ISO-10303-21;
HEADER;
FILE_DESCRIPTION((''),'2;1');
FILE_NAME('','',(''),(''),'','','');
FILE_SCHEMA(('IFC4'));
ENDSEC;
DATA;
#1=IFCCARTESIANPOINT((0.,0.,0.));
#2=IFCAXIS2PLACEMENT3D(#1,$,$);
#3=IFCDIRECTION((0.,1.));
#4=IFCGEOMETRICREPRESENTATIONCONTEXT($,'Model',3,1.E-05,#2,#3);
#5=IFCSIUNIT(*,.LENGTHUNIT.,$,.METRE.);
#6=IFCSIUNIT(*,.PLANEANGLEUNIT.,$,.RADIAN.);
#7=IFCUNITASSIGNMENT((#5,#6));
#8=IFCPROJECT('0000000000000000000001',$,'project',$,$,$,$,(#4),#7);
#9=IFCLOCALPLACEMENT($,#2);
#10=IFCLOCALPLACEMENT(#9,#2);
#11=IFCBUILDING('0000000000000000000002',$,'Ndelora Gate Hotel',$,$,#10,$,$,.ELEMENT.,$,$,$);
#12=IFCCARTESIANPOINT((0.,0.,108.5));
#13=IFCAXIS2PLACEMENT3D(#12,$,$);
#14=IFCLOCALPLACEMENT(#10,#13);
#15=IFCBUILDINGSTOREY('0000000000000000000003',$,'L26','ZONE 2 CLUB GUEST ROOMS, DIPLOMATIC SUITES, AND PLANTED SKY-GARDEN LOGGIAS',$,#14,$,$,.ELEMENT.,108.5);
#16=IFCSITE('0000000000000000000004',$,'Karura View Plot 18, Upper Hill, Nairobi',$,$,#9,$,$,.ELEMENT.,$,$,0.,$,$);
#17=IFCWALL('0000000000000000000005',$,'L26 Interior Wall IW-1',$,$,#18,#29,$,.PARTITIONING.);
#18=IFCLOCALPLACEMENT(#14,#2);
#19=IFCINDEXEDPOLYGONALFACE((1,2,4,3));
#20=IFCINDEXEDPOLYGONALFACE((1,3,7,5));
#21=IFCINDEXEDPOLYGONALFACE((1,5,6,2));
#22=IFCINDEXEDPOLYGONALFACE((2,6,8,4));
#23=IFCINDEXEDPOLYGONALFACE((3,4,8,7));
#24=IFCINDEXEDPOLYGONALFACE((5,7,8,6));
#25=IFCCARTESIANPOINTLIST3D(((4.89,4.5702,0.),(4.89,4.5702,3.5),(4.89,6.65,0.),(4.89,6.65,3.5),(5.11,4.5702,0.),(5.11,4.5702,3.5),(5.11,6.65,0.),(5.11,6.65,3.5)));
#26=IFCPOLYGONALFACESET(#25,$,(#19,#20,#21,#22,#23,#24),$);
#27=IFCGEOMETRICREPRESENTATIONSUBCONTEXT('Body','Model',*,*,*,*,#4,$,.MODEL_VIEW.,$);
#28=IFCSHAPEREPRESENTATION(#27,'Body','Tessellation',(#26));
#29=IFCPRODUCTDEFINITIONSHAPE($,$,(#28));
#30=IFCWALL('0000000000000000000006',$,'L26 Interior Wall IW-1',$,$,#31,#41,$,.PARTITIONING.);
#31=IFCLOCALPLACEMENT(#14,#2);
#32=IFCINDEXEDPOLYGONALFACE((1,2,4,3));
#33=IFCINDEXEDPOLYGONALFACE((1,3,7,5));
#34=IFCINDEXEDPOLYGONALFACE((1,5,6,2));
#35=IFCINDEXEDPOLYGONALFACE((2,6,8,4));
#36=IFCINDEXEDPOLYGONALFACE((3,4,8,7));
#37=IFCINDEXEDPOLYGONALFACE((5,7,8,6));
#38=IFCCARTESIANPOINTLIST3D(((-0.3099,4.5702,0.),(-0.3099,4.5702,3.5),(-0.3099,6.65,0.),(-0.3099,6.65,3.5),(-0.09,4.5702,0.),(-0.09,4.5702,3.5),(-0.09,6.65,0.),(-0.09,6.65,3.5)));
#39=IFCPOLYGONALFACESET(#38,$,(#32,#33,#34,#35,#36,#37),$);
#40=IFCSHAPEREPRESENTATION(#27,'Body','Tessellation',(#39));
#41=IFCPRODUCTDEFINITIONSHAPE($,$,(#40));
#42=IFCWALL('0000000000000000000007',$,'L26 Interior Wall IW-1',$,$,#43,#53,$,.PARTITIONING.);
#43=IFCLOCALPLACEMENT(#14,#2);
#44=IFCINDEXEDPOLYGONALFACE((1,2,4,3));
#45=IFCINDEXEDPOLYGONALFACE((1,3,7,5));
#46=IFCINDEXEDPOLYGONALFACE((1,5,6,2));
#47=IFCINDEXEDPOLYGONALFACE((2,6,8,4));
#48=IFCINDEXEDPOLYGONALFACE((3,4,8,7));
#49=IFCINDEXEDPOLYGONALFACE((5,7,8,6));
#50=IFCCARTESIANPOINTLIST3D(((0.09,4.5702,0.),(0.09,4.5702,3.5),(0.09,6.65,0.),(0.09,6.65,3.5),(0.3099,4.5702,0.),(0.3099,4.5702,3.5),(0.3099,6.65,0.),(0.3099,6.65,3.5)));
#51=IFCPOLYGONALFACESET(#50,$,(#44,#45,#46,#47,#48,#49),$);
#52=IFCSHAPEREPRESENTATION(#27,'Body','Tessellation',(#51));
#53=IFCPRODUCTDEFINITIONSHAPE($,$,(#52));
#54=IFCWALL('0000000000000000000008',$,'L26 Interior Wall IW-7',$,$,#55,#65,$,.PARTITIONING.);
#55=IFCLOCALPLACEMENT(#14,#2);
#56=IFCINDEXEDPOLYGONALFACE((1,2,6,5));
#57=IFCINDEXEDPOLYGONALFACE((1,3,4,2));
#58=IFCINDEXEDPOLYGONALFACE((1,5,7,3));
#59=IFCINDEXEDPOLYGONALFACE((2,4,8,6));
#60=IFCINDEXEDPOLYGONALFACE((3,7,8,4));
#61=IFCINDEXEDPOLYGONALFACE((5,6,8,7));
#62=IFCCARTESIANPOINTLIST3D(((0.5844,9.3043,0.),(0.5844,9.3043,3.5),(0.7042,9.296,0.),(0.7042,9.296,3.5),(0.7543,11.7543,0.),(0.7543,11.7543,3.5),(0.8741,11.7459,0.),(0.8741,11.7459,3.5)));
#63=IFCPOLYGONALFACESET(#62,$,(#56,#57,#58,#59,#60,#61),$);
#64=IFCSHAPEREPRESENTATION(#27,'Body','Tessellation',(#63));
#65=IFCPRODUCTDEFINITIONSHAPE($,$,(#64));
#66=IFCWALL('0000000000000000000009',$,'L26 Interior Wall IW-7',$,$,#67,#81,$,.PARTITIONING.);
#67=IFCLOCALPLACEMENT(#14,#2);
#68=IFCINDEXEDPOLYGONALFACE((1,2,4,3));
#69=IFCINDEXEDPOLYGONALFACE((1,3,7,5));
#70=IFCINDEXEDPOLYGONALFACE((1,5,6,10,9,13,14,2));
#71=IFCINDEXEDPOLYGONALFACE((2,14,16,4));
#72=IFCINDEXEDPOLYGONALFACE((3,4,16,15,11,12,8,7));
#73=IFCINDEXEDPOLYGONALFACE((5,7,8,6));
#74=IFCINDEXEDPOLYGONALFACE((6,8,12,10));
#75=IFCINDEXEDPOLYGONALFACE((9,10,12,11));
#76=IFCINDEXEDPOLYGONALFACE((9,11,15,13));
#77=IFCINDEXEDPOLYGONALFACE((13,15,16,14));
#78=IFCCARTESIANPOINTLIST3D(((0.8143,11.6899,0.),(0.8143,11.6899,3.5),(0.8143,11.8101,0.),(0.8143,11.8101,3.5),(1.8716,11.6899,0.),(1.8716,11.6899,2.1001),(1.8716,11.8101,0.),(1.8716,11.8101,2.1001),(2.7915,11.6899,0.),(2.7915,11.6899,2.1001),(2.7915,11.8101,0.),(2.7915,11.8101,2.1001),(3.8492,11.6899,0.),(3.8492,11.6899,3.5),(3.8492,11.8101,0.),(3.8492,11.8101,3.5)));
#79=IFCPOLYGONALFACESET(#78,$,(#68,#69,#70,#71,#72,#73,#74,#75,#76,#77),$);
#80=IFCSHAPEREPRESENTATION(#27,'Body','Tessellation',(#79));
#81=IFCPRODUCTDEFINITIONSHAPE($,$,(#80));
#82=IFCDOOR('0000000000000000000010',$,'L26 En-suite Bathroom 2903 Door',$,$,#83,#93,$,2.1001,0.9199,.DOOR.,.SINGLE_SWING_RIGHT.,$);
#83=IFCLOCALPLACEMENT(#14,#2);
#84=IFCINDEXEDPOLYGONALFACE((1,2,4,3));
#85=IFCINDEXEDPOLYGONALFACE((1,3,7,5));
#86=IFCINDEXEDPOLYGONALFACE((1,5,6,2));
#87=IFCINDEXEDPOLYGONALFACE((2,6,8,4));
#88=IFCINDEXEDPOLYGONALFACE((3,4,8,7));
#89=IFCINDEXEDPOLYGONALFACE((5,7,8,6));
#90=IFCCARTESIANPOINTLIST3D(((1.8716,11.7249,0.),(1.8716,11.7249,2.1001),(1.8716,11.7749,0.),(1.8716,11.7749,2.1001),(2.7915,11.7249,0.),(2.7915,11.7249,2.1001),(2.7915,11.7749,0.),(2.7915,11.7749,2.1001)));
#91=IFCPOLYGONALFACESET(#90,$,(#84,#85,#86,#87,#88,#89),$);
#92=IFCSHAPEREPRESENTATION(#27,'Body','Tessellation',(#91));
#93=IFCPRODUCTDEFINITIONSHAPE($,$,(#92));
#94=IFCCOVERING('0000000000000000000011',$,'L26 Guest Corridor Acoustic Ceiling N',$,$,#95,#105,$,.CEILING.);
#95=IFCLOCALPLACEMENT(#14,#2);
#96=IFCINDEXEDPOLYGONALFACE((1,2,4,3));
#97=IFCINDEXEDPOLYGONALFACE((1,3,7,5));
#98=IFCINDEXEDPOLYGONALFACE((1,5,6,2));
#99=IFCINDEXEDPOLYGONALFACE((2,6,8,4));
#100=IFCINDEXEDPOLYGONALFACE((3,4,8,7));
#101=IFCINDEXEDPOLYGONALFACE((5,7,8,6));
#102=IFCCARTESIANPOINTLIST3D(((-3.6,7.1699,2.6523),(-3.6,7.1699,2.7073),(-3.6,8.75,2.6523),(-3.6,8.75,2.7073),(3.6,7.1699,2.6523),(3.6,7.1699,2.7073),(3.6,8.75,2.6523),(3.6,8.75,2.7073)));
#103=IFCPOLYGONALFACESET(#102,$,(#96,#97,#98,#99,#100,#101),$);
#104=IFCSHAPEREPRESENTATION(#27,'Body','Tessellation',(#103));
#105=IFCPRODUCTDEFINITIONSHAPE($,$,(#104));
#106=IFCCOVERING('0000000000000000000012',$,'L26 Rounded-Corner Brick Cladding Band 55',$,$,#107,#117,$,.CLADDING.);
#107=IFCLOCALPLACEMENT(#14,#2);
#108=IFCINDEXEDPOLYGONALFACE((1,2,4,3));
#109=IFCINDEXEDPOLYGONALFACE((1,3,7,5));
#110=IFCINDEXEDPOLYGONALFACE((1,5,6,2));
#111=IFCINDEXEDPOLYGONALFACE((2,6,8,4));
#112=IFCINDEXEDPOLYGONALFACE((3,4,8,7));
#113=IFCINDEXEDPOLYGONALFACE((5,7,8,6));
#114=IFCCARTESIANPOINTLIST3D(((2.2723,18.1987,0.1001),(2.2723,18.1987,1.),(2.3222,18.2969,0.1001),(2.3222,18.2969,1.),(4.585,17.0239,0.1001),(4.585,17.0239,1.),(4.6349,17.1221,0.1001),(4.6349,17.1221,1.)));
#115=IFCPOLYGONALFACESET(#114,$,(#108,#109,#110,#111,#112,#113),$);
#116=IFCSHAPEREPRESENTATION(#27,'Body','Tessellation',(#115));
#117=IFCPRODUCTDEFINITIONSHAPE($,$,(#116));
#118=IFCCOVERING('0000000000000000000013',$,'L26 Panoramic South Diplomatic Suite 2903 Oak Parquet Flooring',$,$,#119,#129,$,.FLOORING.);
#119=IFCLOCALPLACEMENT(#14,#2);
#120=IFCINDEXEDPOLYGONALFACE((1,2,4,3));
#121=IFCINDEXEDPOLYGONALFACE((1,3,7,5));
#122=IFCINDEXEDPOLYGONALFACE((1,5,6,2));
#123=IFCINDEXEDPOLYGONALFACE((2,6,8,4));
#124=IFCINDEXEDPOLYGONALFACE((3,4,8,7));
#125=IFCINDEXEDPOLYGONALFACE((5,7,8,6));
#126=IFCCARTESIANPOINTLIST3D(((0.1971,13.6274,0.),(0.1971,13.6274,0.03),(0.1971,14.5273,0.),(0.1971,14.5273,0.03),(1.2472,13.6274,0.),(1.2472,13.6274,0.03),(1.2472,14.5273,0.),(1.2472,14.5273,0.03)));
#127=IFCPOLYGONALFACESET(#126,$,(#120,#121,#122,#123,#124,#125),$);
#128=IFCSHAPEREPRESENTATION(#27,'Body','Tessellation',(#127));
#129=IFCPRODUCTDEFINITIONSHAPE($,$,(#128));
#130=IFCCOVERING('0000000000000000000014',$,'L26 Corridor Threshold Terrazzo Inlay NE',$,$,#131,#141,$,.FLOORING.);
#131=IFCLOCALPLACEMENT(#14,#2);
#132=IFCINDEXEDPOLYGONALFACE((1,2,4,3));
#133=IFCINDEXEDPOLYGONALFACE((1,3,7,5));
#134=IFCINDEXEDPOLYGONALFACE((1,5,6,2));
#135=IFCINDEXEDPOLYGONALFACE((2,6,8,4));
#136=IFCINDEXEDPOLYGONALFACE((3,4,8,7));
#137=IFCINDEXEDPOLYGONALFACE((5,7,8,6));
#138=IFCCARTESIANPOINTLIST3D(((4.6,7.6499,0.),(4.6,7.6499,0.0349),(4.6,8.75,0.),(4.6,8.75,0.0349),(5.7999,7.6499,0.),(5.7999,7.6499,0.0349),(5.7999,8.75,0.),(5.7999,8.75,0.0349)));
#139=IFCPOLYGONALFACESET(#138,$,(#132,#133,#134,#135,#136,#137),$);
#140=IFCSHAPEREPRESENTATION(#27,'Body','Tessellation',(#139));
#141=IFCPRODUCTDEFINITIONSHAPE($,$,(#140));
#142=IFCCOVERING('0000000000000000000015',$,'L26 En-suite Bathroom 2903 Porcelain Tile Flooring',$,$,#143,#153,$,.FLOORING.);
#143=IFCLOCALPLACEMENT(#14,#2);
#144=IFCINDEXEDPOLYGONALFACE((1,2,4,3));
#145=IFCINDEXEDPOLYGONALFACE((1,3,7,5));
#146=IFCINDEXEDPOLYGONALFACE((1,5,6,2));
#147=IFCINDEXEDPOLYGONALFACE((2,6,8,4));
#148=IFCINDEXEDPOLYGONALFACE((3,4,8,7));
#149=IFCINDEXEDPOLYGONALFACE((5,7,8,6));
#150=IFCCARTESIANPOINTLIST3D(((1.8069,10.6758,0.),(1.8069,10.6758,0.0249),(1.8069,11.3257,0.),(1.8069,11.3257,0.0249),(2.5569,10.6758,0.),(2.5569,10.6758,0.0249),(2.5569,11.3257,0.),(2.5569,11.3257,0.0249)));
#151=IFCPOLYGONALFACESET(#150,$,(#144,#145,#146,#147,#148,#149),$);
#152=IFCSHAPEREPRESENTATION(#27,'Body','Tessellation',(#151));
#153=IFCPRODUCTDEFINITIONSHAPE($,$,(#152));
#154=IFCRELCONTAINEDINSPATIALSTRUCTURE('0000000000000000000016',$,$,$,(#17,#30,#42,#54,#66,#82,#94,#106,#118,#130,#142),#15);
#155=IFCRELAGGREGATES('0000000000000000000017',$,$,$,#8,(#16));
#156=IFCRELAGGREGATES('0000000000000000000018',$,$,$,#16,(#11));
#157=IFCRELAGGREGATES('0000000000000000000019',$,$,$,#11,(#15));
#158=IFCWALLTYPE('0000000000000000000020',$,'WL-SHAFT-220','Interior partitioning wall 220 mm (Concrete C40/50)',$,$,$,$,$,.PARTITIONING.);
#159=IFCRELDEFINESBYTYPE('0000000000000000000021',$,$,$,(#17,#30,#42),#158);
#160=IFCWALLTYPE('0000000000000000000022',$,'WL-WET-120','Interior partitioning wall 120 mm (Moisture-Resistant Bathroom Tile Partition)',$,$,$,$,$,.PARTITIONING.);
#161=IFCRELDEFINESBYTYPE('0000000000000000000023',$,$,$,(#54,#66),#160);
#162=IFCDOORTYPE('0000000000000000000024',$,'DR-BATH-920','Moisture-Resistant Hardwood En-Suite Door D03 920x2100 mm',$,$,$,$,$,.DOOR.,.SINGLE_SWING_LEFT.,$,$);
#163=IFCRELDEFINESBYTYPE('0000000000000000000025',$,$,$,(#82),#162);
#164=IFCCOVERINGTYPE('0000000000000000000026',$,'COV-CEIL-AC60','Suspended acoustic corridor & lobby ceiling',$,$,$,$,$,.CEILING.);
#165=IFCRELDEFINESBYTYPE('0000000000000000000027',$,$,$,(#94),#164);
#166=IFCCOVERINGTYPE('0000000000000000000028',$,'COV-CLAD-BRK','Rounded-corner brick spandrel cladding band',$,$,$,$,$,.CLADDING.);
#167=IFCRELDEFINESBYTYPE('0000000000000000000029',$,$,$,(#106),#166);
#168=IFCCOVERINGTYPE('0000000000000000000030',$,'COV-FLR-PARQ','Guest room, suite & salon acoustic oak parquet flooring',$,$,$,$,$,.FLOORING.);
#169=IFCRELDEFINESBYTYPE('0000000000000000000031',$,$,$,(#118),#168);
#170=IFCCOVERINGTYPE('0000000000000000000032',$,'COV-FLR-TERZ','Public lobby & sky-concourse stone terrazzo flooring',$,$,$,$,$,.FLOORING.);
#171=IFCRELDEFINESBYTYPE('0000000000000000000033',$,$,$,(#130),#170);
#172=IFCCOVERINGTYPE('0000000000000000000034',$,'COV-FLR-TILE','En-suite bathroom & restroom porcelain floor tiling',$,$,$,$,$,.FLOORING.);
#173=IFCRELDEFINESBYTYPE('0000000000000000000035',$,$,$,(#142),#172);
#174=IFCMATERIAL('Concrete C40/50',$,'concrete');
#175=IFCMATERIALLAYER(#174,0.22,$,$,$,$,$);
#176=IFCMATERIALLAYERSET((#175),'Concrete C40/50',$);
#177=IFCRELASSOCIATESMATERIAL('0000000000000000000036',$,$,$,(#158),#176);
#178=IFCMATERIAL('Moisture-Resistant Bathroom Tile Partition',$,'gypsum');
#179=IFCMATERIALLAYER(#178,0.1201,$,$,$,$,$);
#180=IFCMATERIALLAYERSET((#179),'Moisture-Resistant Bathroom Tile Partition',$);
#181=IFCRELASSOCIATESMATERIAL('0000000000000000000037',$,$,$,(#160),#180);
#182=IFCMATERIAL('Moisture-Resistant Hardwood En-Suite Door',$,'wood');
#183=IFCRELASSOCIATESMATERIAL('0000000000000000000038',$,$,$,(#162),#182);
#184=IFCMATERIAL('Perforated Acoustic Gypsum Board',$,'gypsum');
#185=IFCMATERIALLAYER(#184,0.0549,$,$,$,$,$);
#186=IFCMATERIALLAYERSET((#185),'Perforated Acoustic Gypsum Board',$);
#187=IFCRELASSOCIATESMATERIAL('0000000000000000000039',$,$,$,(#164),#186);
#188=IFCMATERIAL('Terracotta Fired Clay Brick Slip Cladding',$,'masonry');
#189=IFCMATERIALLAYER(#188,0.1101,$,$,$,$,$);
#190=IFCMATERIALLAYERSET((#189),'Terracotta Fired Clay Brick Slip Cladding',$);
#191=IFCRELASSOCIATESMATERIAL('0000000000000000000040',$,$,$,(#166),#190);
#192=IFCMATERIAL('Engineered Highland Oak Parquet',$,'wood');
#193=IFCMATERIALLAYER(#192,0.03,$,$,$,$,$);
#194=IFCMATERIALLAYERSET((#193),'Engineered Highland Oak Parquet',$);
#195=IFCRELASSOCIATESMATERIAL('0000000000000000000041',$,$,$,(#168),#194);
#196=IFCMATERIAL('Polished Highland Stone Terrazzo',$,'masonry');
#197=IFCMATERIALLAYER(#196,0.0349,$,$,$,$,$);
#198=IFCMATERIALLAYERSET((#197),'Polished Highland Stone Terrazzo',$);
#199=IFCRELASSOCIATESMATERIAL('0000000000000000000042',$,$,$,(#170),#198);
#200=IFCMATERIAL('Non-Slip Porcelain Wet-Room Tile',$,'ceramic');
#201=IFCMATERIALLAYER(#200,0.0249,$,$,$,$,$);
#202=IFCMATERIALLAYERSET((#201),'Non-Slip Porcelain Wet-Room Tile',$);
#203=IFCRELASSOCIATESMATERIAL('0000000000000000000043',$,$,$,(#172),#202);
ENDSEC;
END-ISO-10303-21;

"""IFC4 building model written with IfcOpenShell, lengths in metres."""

from ifc_helpers import new_model, si_unit, direction, frame, frame_2d, origin, origin_2d, place, context, subcontext, project, spatial, rectangle, extrude, material, layer, layer_set, type_object, element, fill, save


model = new_model("IFC4")

# Units and contexts
model_context = context("Model", 3, precision=1e-05, world=origin(), true_north=direction((0.0, 1.0)))
body_context = subcontext(model_context, "Body", "Model", "MODEL_VIEW")
ifc_project = project(units=[si_unit("LENGTHUNIT", "METRE"), si_unit("PLANEANGLEUNIT", "RADIAN")], contexts=[model_context])

# Site, building, storey
site_placement = place(None, origin())
site = spatial("IfcSite", under=ifc_project, at=site_placement, Name="Karura View Plot 18, Upper Hill, Nairobi", CompositionType="ELEMENT", RefElevation=0.0)
building_placement = place(site_placement, origin())
building = spatial("IfcBuilding", under=site, at=building_placement, Name="Ndelora Gate Hotel", CompositionType="ELEMENT")
storey_placement = place(building_placement, frame((0.0, 0.0, 108.5)))
storey = spatial("IfcBuildingStorey", under=building, at=storey_placement, Name="L26", Description="ZONE 2 CLUB GUEST ROOMS, DIPLOMATIC SUITES, AND PLANTED SKY-GARDEN LOGGIAS", CompositionType="ELEMENT", Elevation=108.5)

# Shared definitions
ifc_material_1 = material(Name="Concrete C40/50", Category="concrete")
ifc_layer_1 = layer(ifc_material_1, 0.22)
ifc_layer_set_1 = layer_set([ifc_layer_1], Name="Concrete C40/50")
wall_type_1 = type_object("IfcWallType", Name="WL-SHAFT-220", Description="Interior partitioning wall 220 mm (Concrete C40/50)", PredefinedType="PARTITIONING", material=ifc_layer_set_1)

# Walls
for number, where, z_axis, x_axis, name in (
    (1, (5.0, 4.5701, 0.0), (0.0, 0.0, 1.0), (0.0, 1.0, 0.0), "L26 Interior Wall IW-1"),
    (2, (-0.2, 4.5701, 0.0), (0.0, 0.0, 1.0), (0.0, 1.0, 0.0), "L26 Interior Wall IW-1"),
    (3, (0.2, 4.5701, 0.0), (0.0, 0.0, 1.0), (0.0, 1.0, 0.0), "L26 Interior Wall IW-1"),
):
    element("IfcWall", number, at=place(storey_placement, frame(where, z_axis=z_axis, x_axis=x_axis)), inside=storey, type_object=wall_type_1, Name=name, PredefinedType="PARTITIONING", context=body_context, shape_type="SweptSolid", body=[
        extrude(rectangle(XDim=2.0798, YDim=0.22, at=frame_2d((1.04, 0.0))), origin(), (0.0, 0.0, 1.0), 3.5),
    ])
ifc_material_2 = material(Name="Moisture-Resistant Bathroom Tile Partition", Category="gypsum")
ifc_layer_2 = layer(ifc_material_2, 0.1201)
ifc_layer_set_2 = layer_set([ifc_layer_2], Name="Moisture-Resistant Bathroom Tile Partition")
wall_type_2 = type_object("IfcWallType", Name="WL-WET-120", Description="Interior partitioning wall 120 mm (Moisture-Resistant Bathroom Tile Partition)", PredefinedType="PARTITIONING", material=ifc_layer_set_2)
wall_1_placement = place(storey_placement, frame((0.6443, 9.3, 0.0), z_axis=(0.0, 0.0, 1.0), x_axis=(0.069191, 0.997603, 0.0)))
element("IfcWall", 4, at=wall_1_placement, inside=storey, type_object=wall_type_2, Name="L26 Interior Wall IW-7", PredefinedType="PARTITIONING", context=body_context, shape_type="SweptSolid", body=[
    extrude(rectangle(XDim=2.4558, YDim=0.1201, at=frame_2d((1.228, 0.0))), origin(), (0.0, 0.0, 1.0), 3.5),
])

# Wall, opening, door
wall_2_placement = place(storey_placement, frame((0.8142, 11.75, 0.0), z_axis=(0.0, 0.0, 1.0), x_axis=(1.0, 0.0, 0.0)))
wall_2 = element("IfcWall", 5, at=wall_2_placement, inside=storey, type_object=wall_type_2, Name="L26 Interior Wall IW-7", PredefinedType="PARTITIONING", context=body_context, shape_type="SweptSolid", body=[
    extrude(rectangle(XDim=3.0349, YDim=0.1201, at=frame_2d((1.5176, 0.0))), origin(), (0.0, 0.0, 1.0), 3.5),
])
opening_1_placement = place(wall_2_placement, frame((1.0574, 0.0, 0.0)))
opening_1 = element("IfcOpeningElement", 6, at=opening_1_placement, cuts=wall_2, PredefinedType="OPENING", context=body_context, shape_type="SweptSolid", body=[
    extrude(rectangle(XDim=0.9199, YDim=2.1001, at=frame_2d((0.46, 1.05))), frame((0.0, 0.0701, 0.0), z_axis=(0.0, -1.0, 0.0), x_axis=(1.0, 0.0, 0.0)), (0.0, 0.0, 1.0), 0.1401),
])
ifc_material_3 = material(Name="Moisture-Resistant Hardwood En-Suite Door", Category="wood")
door_type_1 = type_object("IfcDoorType", Name="DR-BATH-920", Description="Moisture-Resistant Hardwood En-Suite Door D03 920x2100 mm", OperationType="SINGLE_SWING_LEFT", PredefinedType="DOOR", material=ifc_material_3)
door_1_placement = place(opening_1_placement, origin())
door_1 = element("IfcDoor", 7, at=door_1_placement, inside=storey, type_object=door_type_1, Name="L26 En-suite Bathroom 2903 Door", OperationType="SINGLE_SWING_RIGHT", OverallHeight=2.1001, OverallWidth=0.9199, PredefinedType="DOOR", context=body_context, shape_type="SweptSolid", body=[
    extrude(rectangle(XDim=0.9199, YDim=2.1001, at=frame_2d((0.46, 1.05))), frame((0.0, 0.0249, 0.0), z_axis=(0.0, -1.0, 0.0), x_axis=(1.0, 0.0, 0.0)), (0.0, 0.0, 1.0), 0.05),
])
fill(opening_1, door_1)

# Coverings
ifc_material_4 = material(Name="Perforated Acoustic Gypsum Board", Category="gypsum")
ifc_layer_3 = layer(ifc_material_4, 0.0549)
ifc_layer_set_3 = layer_set([ifc_layer_3], Name="Perforated Acoustic Gypsum Board")
covering_type_1 = type_object("IfcCoveringType", Name="COV-CEIL-AC60", Description="Suspended acoustic corridor & lobby ceiling", PredefinedType="CEILING", material=ifc_layer_set_3)
covering_1_placement = place(storey_placement, frame((0.0, 7.96, 2.6523), z_axis=(0.0, 0.0, 1.0), x_axis=(1.0, 0.0, 0.0)))
element("IfcCovering", 8, at=covering_1_placement, inside=storey, type_object=covering_type_1, Name="L26 Guest Corridor Acoustic Ceiling N", PredefinedType="CEILING", context=body_context, shape_type="SweptSolid", body=[
    extrude(rectangle(XDim=7.2, YDim=1.5801, at=origin_2d()), origin(), (0.0, 0.0, 1.0), 0.0549),
])
ifc_material_5 = material(Name="Terracotta Fired Clay Brick Slip Cladding", Category="masonry")
ifc_layer_4 = layer(ifc_material_5, 0.1101)
ifc_layer_set_4 = layer_set([ifc_layer_4], Name="Terracotta Fired Clay Brick Slip Cladding")
covering_type_2 = type_object("IfcCoveringType", Name="COV-CLAD-BRK", Description="Rounded-corner brick spandrel cladding band", PredefinedType="CLADDING", material=ifc_layer_set_4)
covering_2_placement = place(storey_placement, frame((3.4536, 17.6604, 0.1001), z_axis=(0.0, 0.0, 1.0), x_axis=(-0.891561, 0.452902, 0.0)))
element("IfcCovering", 9, at=covering_2_placement, inside=storey, type_object=covering_type_2, Name="L26 Rounded-Corner Brick Cladding Band 55", PredefinedType="CLADDING", context=body_context, shape_type="SweptSolid", body=[
    extrude(rectangle(XDim=2.594, YDim=0.1101, at=origin_2d()), origin(), (0.0, 0.0, 1.0), 0.8999),
])
ifc_material_6 = material(Name="Engineered Highland Oak Parquet", Category="wood")
ifc_layer_5 = layer(ifc_material_6, 0.03)
ifc_layer_set_5 = layer_set([ifc_layer_5], Name="Engineered Highland Oak Parquet")
covering_type_3 = type_object("IfcCoveringType", Name="COV-FLR-PARQ", Description="Guest room, suite & salon acoustic oak parquet flooring", PredefinedType="FLOORING", material=ifc_layer_set_5)
covering_3_placement = place(storey_placement, frame((0.7222, 14.0774, 0.0), z_axis=(0.0, 0.0, 1.0), x_axis=(1.0, 0.0, 0.0)))
element("IfcCovering", 10, at=covering_3_placement, inside=storey, type_object=covering_type_3, Name="L26 Panoramic South Diplomatic Suite 2903 Oak Parquet Flooring", PredefinedType="FLOORING", context=body_context, shape_type="SweptSolid", body=[
    extrude(rectangle(XDim=1.05, YDim=0.8999, at=origin_2d()), origin(), (0.0, 0.0, 1.0), 0.03),
])
ifc_material_7 = material(Name="Polished Highland Stone Terrazzo", Category="masonry")
ifc_layer_6 = layer(ifc_material_7, 0.0349)
ifc_layer_set_6 = layer_set([ifc_layer_6], Name="Polished Highland Stone Terrazzo")
covering_type_4 = type_object("IfcCoveringType", Name="COV-FLR-TERZ", Description="Public lobby & sky-concourse stone terrazzo flooring", PredefinedType="FLOORING", material=ifc_layer_set_6)
covering_4_placement = place(storey_placement, frame((5.2, 8.2, 0.0), z_axis=(0.0, 0.0, 1.0), x_axis=(1.0, 0.0, 0.0)))
element("IfcCovering", 11, at=covering_4_placement, inside=storey, type_object=covering_type_4, Name="L26 Corridor Threshold Terrazzo Inlay NE", PredefinedType="FLOORING", context=body_context, shape_type="SweptSolid", body=[
    extrude(rectangle(XDim=1.2, YDim=1.1001, at=origin_2d()), origin(), (0.0, 0.0, 1.0), 0.0349),
])
ifc_material_8 = material(Name="Non-Slip Porcelain Wet-Room Tile", Category="ceramic")
ifc_layer_7 = layer(ifc_material_8, 0.0249)
ifc_layer_set_7 = layer_set([ifc_layer_7], Name="Non-Slip Porcelain Wet-Room Tile")
covering_type_5 = type_object("IfcCoveringType", Name="COV-FLR-TILE", Description="En-suite bathroom & restroom porcelain floor tiling", PredefinedType="FLOORING", material=ifc_layer_set_7)
covering_5_placement = place(storey_placement, frame((2.1819, 11.0007, 0.0), z_axis=(0.0, 0.0, 1.0), x_axis=(1.0, 0.0, 0.0)))
element("IfcCovering", 12, at=covering_5_placement, inside=storey, type_object=covering_type_5, Name="L26 En-suite Bathroom 2903 Porcelain Tile Flooring", PredefinedType="FLOORING", context=body_context, shape_type="SweptSolid", body=[
    extrude(rectangle(XDim=0.75, YDim=0.6499, at=origin_2d()), origin(), (0.0, 0.0, 1.0), 0.0249),
])

save(model, "model.ifc")
